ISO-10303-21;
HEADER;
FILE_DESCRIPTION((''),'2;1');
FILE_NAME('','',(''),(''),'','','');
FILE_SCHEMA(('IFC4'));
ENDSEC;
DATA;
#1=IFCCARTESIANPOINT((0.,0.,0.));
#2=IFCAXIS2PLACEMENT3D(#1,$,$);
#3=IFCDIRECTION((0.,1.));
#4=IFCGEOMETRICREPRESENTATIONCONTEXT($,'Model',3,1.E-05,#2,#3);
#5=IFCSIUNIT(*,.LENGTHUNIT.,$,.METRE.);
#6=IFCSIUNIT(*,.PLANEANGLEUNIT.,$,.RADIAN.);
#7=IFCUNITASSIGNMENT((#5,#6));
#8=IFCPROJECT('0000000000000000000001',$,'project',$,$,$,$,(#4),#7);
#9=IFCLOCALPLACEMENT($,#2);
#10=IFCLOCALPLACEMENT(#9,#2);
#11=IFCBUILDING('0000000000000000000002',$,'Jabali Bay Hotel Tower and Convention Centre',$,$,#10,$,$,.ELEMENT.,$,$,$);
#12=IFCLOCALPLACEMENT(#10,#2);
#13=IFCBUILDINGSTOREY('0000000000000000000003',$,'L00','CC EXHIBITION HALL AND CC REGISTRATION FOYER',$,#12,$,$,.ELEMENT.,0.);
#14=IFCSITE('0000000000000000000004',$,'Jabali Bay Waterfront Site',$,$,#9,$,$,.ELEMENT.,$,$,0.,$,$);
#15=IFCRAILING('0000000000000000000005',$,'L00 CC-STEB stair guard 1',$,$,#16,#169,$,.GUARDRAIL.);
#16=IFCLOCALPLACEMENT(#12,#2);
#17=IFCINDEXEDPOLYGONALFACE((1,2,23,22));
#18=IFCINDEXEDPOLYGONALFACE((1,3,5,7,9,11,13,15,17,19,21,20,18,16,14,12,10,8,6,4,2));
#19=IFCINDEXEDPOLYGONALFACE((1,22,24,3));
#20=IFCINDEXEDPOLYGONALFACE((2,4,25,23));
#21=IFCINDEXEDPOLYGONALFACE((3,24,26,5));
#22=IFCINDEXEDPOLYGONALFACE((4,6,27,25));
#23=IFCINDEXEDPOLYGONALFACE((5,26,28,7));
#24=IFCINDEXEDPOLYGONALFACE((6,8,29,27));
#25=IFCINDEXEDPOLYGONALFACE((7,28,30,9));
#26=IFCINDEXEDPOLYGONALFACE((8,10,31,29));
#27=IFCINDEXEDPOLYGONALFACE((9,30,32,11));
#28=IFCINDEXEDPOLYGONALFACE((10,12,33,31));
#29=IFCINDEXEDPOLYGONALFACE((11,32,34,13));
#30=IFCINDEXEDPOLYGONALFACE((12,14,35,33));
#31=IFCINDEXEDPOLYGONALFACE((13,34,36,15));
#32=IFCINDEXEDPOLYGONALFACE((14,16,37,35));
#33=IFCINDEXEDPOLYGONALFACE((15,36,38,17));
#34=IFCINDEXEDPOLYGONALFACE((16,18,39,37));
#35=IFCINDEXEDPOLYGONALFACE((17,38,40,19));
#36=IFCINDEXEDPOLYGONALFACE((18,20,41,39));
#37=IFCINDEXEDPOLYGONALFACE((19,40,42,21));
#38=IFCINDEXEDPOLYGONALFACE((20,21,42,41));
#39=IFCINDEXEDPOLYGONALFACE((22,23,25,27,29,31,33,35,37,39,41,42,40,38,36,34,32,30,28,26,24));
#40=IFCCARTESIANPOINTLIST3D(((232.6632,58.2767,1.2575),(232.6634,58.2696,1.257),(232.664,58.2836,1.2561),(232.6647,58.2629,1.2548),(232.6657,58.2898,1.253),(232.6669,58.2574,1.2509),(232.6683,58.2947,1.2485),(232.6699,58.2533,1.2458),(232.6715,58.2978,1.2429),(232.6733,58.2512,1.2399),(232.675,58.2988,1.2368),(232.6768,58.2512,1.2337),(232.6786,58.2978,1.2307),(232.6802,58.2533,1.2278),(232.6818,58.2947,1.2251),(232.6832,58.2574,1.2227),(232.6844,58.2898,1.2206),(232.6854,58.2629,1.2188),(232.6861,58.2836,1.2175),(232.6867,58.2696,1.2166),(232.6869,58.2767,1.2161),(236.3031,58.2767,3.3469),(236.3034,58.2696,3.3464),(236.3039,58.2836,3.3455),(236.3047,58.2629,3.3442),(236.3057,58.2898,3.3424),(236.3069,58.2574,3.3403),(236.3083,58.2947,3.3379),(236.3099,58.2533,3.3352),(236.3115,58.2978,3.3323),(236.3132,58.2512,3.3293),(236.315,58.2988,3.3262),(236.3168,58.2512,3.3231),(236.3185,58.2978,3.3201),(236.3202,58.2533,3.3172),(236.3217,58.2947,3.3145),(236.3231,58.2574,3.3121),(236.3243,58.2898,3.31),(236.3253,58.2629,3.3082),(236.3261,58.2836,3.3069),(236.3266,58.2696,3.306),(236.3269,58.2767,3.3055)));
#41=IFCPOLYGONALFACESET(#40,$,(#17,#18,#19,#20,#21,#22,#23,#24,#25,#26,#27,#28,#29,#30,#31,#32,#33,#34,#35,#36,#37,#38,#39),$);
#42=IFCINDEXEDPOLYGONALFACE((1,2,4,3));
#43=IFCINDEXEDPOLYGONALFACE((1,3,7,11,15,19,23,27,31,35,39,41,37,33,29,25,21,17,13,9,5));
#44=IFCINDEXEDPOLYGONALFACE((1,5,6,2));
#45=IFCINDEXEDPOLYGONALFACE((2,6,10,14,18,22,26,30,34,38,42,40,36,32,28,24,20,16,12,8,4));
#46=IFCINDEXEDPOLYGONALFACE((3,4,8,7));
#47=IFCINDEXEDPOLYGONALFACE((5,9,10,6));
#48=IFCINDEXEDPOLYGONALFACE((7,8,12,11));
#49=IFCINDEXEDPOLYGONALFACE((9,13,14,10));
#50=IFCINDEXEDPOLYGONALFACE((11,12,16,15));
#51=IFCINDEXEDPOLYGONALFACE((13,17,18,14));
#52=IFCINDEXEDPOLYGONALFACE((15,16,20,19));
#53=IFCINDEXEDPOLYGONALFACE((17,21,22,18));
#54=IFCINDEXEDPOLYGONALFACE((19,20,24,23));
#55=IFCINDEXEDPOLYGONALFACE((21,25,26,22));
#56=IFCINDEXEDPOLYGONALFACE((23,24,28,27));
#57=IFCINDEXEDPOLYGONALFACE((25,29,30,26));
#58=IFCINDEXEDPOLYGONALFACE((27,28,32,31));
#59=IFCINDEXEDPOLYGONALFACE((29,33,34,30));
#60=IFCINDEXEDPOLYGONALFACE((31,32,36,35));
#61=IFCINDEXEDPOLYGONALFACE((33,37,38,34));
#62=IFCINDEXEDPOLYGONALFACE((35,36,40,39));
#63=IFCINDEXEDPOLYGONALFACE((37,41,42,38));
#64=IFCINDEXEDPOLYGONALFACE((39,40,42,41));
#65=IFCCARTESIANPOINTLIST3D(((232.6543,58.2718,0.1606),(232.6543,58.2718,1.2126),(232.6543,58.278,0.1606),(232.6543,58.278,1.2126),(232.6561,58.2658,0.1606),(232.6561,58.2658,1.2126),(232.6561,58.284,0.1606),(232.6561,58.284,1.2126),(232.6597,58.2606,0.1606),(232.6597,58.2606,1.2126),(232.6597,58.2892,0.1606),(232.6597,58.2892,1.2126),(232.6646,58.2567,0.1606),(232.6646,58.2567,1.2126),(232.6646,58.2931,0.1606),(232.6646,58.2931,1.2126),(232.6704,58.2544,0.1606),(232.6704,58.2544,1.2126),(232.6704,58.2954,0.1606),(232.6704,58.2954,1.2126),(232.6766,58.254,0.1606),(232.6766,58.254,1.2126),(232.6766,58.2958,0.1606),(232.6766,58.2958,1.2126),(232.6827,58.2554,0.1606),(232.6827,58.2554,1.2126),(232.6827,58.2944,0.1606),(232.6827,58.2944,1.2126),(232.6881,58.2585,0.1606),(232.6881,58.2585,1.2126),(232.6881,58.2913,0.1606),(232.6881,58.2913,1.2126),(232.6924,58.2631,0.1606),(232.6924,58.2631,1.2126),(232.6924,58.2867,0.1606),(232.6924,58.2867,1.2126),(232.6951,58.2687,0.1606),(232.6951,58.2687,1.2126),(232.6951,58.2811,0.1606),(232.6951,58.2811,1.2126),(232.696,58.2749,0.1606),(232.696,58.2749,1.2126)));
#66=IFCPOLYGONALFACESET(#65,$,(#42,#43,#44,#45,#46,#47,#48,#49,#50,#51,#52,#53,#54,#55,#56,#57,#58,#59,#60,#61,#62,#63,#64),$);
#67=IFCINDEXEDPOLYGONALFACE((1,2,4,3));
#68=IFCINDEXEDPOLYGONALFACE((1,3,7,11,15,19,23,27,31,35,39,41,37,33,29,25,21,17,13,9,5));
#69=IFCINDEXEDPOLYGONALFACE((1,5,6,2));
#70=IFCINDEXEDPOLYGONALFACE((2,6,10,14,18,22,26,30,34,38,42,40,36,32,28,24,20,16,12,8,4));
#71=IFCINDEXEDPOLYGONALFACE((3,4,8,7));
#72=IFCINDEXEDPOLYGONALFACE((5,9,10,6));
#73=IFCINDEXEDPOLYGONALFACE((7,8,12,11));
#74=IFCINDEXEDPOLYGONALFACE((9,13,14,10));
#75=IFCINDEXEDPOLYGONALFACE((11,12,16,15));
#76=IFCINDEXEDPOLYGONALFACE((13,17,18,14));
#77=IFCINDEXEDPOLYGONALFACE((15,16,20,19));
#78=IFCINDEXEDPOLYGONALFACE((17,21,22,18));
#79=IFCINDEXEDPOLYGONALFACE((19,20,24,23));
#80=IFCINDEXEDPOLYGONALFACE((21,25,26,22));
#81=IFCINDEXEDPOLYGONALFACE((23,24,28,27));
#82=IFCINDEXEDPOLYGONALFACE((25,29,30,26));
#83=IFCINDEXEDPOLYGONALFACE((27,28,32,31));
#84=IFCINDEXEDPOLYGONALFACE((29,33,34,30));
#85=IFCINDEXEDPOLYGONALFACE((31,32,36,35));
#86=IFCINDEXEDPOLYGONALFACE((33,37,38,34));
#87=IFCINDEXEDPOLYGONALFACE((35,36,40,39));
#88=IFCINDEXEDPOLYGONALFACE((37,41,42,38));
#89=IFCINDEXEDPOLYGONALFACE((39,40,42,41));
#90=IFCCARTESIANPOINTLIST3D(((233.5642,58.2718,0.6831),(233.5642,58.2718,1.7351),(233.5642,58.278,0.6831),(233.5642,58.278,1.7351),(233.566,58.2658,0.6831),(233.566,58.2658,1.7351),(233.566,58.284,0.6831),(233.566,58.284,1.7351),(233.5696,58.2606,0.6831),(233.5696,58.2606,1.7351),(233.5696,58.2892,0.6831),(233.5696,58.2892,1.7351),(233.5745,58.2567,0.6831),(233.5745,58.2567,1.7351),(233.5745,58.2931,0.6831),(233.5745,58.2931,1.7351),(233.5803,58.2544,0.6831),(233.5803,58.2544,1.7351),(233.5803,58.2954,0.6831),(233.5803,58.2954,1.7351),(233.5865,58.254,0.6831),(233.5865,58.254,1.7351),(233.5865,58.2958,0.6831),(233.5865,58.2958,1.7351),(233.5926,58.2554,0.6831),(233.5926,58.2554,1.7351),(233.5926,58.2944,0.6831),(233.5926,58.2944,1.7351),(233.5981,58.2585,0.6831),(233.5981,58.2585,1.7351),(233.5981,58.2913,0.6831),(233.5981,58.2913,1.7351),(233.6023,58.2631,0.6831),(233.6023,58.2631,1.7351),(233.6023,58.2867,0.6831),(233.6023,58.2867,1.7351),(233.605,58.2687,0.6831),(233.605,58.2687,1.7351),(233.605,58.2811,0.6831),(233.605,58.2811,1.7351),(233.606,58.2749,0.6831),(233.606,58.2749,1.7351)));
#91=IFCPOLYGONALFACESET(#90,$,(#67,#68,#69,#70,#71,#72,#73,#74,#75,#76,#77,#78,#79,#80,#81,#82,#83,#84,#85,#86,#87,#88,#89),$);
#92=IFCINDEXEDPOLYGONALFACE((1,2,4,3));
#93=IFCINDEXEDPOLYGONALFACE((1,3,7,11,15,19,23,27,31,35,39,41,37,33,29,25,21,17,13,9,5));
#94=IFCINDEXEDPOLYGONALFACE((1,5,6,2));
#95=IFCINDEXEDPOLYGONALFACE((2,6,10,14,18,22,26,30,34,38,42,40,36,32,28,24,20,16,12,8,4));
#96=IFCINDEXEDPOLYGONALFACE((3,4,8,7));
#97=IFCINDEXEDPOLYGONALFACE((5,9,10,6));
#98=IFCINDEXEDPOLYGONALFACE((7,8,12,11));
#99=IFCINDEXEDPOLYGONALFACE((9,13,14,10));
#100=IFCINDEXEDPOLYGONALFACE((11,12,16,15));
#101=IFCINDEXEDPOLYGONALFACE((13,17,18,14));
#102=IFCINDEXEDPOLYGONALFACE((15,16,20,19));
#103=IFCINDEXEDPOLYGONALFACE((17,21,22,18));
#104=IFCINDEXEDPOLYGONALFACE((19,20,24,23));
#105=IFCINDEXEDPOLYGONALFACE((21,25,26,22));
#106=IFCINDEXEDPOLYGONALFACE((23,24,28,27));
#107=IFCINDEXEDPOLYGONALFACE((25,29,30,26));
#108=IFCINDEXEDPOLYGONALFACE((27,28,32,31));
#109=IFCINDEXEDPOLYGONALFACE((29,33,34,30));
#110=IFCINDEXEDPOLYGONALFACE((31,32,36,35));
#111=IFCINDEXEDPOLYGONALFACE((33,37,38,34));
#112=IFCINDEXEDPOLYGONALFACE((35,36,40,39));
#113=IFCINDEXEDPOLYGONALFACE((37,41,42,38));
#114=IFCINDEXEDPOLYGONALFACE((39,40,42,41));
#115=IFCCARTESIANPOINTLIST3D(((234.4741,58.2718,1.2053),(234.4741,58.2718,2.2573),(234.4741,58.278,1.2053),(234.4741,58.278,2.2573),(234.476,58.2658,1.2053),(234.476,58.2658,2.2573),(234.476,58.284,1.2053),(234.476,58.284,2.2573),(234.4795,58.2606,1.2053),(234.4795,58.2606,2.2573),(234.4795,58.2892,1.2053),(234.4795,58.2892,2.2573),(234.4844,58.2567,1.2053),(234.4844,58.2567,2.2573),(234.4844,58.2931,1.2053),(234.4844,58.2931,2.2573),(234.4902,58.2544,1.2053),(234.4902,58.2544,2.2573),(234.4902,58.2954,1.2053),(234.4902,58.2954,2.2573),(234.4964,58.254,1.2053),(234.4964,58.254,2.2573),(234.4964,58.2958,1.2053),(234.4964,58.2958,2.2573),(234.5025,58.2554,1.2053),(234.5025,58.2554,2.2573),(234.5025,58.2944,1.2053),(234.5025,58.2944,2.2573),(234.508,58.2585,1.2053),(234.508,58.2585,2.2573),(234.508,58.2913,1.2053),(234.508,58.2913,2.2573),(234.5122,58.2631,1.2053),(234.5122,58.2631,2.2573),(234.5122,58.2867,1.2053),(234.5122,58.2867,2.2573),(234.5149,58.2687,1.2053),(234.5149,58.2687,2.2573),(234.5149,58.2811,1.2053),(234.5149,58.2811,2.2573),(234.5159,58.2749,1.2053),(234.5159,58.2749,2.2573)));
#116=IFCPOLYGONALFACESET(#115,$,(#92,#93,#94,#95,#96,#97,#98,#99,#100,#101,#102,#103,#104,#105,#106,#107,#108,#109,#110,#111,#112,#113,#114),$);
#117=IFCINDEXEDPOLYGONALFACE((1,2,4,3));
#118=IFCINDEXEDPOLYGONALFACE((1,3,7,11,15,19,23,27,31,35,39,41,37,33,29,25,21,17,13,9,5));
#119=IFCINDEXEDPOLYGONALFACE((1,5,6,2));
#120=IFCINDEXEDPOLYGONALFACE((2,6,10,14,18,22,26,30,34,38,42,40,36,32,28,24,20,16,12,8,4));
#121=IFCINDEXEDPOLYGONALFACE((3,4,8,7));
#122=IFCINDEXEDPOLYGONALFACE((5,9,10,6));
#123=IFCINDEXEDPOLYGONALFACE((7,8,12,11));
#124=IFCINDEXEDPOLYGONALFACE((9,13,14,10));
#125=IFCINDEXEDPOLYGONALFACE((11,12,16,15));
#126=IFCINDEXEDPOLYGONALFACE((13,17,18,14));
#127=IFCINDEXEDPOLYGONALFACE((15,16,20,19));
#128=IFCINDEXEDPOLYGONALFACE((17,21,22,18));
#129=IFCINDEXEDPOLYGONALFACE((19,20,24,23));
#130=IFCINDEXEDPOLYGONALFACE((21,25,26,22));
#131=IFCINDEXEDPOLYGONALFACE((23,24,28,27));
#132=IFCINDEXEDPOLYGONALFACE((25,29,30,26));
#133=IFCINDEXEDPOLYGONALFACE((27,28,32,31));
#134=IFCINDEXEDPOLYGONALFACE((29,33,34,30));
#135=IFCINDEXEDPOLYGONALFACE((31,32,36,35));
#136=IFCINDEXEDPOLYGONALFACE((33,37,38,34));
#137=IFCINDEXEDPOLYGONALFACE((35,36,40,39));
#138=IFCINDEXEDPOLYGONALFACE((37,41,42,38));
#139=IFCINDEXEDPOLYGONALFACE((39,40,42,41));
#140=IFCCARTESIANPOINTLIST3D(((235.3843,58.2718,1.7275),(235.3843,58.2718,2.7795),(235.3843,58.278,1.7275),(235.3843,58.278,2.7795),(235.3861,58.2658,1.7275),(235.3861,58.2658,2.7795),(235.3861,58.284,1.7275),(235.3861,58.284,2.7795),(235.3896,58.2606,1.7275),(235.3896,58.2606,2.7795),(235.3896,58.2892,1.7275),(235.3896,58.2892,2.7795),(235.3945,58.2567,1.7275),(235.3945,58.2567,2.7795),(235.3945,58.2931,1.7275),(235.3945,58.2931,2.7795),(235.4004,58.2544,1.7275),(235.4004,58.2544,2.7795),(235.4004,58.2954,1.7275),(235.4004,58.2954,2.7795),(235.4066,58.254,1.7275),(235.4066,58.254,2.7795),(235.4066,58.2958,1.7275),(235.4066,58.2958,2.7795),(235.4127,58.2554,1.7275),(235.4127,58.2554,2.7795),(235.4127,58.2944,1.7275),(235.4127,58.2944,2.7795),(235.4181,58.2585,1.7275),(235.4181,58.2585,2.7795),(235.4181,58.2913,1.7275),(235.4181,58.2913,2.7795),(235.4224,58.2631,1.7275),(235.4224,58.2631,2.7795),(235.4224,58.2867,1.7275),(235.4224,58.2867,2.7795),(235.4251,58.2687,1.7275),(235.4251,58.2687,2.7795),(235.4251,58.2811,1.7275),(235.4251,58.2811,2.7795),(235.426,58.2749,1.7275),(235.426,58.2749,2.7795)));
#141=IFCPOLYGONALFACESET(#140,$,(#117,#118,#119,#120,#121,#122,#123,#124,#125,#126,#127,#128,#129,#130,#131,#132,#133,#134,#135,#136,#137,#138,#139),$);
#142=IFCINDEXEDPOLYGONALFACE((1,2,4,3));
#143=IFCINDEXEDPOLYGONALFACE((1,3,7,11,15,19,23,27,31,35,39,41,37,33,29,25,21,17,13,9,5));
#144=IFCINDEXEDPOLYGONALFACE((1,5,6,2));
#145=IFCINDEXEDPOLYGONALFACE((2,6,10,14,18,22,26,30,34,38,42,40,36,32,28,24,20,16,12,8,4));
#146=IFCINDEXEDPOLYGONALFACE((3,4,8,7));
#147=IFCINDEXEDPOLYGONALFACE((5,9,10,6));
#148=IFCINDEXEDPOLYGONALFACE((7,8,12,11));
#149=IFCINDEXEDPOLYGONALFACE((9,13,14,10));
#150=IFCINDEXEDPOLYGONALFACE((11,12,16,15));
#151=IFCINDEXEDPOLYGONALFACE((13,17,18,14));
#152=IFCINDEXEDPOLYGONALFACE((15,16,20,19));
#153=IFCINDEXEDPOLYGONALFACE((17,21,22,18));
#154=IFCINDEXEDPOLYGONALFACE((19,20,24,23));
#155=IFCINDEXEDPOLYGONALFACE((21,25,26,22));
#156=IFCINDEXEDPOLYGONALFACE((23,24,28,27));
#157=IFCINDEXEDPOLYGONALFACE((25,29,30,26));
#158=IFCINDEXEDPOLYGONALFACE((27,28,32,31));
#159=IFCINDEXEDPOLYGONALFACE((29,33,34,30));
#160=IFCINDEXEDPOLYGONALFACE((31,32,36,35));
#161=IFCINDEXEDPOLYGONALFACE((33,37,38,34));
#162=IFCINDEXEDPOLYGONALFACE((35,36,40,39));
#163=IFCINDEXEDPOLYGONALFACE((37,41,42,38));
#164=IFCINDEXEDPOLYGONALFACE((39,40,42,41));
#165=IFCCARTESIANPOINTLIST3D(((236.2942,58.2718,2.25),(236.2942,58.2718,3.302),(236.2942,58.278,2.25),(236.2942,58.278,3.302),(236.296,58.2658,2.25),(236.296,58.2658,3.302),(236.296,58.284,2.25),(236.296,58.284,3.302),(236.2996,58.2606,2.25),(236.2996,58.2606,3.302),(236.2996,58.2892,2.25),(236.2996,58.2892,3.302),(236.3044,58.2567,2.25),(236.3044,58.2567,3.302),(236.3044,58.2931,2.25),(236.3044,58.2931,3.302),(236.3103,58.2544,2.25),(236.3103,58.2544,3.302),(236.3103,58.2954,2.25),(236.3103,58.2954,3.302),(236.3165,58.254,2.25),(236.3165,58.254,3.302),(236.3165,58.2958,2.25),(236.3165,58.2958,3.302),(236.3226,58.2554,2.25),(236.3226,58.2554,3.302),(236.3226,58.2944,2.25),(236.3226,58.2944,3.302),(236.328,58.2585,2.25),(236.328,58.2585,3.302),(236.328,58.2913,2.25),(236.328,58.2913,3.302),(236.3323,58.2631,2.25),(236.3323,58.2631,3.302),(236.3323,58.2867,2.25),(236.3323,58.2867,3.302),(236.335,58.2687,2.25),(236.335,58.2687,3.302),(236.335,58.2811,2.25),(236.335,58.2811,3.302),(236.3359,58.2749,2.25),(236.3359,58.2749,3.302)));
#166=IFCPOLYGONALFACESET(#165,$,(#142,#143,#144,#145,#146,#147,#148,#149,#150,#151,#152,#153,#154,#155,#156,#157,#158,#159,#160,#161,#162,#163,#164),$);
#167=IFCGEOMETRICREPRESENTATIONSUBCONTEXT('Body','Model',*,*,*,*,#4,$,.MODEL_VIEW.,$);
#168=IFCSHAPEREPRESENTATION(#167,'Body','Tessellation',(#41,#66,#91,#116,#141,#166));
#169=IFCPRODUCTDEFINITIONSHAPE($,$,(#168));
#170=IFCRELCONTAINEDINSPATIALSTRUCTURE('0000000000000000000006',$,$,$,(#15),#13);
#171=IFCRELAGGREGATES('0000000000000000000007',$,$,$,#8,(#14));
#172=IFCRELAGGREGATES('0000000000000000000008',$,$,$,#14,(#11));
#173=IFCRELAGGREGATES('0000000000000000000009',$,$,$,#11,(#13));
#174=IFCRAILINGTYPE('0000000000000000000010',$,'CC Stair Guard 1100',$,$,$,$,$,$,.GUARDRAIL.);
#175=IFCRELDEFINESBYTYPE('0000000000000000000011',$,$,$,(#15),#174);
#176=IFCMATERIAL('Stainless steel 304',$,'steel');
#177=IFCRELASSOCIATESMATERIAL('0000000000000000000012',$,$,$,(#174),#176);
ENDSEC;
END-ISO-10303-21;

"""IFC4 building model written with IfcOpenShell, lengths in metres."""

from ifc_helpers import new_model, si_unit, direction, frame, origin, origin_2d, place, context, subcontext, project, spatial, circle, extrude, material, type_object, element, save


model = new_model("IFC4")

# Units and contexts
model_context = context("Model", 3, precision=1e-05, world=origin(), true_north=direction((0.0, 1.0)))
body_context = subcontext(model_context, "Body", "Model", "MODEL_VIEW")
ifc_project = project(units=[si_unit("LENGTHUNIT", "METRE"), si_unit("PLANEANGLEUNIT", "RADIAN")], contexts=[model_context])

# Site, building, storey
site_placement = place(None, origin())
site = spatial("IfcSite", under=ifc_project, at=site_placement, Name="Jabali Bay Waterfront Site", CompositionType="ELEMENT", RefElevation=0.0)
building_placement = place(site_placement, origin())
building = spatial("IfcBuilding", under=site, at=building_placement, Name="Jabali Bay Hotel Tower and Convention Centre", CompositionType="ELEMENT")
storey_placement = place(building_placement, origin())
storey = spatial("IfcBuildingStorey", under=building, at=storey_placement, Name="L00", Description="CC EXHIBITION HALL AND CC REGISTRATION FOYER", CompositionType="ELEMENT", Elevation=0.0)

# Railing
ifc_material_1 = material(Name="Stainless steel 304", Category="steel")
railing_type_1 = type_object("IfcRailingType", Name="CC Stair Guard 1100", PredefinedType="GUARDRAIL", material=ifc_material_1)
railing_1_placement = place(storey_placement, frame((232.675, 58.2749, 0.1606)))
element("IfcRailing", 1, at=railing_1_placement, inside=storey, type_object=railing_type_1, Name="L00 CC-STEB stair guard 1", PredefinedType="GUARDRAIL", context=body_context, shape_type="SweptSolid", body=[
    extrude(circle(Radius=0.0239, at=origin_2d()), frame((0.0, 0.0, 1.0762), z_axis=(0.867275, 0.0, 0.497829), x_axis=(0.0, 1.0, 0.0)), (0.0, 0.0, 1.0), 4.197),
    extrude(circle(Radius=0.021, at=origin_2d()), origin(), (0.0, 0.0, 1.0), 1.052),
    extrude(circle(Radius=0.021, at=origin_2d()), frame((0.9099, 0.0, 0.5225)), (0.0, 0.0, 1.0), 1.052),
    extrude(circle(Radius=0.021, at=origin_2d()), frame((1.8198, 0.0, 1.0447)), (0.0, 0.0, 1.0), 1.052),
    extrude(circle(Radius=0.021, at=origin_2d()), frame((2.73, 0.0, 1.5669)), (0.0, 0.0, 1.0), 1.052),
    extrude(circle(Radius=0.021, at=origin_2d()), frame((3.6399, 0.0, 2.0894)), (0.0, 0.0, 1.0), 1.052),
])

save(model, "model.ifc")
